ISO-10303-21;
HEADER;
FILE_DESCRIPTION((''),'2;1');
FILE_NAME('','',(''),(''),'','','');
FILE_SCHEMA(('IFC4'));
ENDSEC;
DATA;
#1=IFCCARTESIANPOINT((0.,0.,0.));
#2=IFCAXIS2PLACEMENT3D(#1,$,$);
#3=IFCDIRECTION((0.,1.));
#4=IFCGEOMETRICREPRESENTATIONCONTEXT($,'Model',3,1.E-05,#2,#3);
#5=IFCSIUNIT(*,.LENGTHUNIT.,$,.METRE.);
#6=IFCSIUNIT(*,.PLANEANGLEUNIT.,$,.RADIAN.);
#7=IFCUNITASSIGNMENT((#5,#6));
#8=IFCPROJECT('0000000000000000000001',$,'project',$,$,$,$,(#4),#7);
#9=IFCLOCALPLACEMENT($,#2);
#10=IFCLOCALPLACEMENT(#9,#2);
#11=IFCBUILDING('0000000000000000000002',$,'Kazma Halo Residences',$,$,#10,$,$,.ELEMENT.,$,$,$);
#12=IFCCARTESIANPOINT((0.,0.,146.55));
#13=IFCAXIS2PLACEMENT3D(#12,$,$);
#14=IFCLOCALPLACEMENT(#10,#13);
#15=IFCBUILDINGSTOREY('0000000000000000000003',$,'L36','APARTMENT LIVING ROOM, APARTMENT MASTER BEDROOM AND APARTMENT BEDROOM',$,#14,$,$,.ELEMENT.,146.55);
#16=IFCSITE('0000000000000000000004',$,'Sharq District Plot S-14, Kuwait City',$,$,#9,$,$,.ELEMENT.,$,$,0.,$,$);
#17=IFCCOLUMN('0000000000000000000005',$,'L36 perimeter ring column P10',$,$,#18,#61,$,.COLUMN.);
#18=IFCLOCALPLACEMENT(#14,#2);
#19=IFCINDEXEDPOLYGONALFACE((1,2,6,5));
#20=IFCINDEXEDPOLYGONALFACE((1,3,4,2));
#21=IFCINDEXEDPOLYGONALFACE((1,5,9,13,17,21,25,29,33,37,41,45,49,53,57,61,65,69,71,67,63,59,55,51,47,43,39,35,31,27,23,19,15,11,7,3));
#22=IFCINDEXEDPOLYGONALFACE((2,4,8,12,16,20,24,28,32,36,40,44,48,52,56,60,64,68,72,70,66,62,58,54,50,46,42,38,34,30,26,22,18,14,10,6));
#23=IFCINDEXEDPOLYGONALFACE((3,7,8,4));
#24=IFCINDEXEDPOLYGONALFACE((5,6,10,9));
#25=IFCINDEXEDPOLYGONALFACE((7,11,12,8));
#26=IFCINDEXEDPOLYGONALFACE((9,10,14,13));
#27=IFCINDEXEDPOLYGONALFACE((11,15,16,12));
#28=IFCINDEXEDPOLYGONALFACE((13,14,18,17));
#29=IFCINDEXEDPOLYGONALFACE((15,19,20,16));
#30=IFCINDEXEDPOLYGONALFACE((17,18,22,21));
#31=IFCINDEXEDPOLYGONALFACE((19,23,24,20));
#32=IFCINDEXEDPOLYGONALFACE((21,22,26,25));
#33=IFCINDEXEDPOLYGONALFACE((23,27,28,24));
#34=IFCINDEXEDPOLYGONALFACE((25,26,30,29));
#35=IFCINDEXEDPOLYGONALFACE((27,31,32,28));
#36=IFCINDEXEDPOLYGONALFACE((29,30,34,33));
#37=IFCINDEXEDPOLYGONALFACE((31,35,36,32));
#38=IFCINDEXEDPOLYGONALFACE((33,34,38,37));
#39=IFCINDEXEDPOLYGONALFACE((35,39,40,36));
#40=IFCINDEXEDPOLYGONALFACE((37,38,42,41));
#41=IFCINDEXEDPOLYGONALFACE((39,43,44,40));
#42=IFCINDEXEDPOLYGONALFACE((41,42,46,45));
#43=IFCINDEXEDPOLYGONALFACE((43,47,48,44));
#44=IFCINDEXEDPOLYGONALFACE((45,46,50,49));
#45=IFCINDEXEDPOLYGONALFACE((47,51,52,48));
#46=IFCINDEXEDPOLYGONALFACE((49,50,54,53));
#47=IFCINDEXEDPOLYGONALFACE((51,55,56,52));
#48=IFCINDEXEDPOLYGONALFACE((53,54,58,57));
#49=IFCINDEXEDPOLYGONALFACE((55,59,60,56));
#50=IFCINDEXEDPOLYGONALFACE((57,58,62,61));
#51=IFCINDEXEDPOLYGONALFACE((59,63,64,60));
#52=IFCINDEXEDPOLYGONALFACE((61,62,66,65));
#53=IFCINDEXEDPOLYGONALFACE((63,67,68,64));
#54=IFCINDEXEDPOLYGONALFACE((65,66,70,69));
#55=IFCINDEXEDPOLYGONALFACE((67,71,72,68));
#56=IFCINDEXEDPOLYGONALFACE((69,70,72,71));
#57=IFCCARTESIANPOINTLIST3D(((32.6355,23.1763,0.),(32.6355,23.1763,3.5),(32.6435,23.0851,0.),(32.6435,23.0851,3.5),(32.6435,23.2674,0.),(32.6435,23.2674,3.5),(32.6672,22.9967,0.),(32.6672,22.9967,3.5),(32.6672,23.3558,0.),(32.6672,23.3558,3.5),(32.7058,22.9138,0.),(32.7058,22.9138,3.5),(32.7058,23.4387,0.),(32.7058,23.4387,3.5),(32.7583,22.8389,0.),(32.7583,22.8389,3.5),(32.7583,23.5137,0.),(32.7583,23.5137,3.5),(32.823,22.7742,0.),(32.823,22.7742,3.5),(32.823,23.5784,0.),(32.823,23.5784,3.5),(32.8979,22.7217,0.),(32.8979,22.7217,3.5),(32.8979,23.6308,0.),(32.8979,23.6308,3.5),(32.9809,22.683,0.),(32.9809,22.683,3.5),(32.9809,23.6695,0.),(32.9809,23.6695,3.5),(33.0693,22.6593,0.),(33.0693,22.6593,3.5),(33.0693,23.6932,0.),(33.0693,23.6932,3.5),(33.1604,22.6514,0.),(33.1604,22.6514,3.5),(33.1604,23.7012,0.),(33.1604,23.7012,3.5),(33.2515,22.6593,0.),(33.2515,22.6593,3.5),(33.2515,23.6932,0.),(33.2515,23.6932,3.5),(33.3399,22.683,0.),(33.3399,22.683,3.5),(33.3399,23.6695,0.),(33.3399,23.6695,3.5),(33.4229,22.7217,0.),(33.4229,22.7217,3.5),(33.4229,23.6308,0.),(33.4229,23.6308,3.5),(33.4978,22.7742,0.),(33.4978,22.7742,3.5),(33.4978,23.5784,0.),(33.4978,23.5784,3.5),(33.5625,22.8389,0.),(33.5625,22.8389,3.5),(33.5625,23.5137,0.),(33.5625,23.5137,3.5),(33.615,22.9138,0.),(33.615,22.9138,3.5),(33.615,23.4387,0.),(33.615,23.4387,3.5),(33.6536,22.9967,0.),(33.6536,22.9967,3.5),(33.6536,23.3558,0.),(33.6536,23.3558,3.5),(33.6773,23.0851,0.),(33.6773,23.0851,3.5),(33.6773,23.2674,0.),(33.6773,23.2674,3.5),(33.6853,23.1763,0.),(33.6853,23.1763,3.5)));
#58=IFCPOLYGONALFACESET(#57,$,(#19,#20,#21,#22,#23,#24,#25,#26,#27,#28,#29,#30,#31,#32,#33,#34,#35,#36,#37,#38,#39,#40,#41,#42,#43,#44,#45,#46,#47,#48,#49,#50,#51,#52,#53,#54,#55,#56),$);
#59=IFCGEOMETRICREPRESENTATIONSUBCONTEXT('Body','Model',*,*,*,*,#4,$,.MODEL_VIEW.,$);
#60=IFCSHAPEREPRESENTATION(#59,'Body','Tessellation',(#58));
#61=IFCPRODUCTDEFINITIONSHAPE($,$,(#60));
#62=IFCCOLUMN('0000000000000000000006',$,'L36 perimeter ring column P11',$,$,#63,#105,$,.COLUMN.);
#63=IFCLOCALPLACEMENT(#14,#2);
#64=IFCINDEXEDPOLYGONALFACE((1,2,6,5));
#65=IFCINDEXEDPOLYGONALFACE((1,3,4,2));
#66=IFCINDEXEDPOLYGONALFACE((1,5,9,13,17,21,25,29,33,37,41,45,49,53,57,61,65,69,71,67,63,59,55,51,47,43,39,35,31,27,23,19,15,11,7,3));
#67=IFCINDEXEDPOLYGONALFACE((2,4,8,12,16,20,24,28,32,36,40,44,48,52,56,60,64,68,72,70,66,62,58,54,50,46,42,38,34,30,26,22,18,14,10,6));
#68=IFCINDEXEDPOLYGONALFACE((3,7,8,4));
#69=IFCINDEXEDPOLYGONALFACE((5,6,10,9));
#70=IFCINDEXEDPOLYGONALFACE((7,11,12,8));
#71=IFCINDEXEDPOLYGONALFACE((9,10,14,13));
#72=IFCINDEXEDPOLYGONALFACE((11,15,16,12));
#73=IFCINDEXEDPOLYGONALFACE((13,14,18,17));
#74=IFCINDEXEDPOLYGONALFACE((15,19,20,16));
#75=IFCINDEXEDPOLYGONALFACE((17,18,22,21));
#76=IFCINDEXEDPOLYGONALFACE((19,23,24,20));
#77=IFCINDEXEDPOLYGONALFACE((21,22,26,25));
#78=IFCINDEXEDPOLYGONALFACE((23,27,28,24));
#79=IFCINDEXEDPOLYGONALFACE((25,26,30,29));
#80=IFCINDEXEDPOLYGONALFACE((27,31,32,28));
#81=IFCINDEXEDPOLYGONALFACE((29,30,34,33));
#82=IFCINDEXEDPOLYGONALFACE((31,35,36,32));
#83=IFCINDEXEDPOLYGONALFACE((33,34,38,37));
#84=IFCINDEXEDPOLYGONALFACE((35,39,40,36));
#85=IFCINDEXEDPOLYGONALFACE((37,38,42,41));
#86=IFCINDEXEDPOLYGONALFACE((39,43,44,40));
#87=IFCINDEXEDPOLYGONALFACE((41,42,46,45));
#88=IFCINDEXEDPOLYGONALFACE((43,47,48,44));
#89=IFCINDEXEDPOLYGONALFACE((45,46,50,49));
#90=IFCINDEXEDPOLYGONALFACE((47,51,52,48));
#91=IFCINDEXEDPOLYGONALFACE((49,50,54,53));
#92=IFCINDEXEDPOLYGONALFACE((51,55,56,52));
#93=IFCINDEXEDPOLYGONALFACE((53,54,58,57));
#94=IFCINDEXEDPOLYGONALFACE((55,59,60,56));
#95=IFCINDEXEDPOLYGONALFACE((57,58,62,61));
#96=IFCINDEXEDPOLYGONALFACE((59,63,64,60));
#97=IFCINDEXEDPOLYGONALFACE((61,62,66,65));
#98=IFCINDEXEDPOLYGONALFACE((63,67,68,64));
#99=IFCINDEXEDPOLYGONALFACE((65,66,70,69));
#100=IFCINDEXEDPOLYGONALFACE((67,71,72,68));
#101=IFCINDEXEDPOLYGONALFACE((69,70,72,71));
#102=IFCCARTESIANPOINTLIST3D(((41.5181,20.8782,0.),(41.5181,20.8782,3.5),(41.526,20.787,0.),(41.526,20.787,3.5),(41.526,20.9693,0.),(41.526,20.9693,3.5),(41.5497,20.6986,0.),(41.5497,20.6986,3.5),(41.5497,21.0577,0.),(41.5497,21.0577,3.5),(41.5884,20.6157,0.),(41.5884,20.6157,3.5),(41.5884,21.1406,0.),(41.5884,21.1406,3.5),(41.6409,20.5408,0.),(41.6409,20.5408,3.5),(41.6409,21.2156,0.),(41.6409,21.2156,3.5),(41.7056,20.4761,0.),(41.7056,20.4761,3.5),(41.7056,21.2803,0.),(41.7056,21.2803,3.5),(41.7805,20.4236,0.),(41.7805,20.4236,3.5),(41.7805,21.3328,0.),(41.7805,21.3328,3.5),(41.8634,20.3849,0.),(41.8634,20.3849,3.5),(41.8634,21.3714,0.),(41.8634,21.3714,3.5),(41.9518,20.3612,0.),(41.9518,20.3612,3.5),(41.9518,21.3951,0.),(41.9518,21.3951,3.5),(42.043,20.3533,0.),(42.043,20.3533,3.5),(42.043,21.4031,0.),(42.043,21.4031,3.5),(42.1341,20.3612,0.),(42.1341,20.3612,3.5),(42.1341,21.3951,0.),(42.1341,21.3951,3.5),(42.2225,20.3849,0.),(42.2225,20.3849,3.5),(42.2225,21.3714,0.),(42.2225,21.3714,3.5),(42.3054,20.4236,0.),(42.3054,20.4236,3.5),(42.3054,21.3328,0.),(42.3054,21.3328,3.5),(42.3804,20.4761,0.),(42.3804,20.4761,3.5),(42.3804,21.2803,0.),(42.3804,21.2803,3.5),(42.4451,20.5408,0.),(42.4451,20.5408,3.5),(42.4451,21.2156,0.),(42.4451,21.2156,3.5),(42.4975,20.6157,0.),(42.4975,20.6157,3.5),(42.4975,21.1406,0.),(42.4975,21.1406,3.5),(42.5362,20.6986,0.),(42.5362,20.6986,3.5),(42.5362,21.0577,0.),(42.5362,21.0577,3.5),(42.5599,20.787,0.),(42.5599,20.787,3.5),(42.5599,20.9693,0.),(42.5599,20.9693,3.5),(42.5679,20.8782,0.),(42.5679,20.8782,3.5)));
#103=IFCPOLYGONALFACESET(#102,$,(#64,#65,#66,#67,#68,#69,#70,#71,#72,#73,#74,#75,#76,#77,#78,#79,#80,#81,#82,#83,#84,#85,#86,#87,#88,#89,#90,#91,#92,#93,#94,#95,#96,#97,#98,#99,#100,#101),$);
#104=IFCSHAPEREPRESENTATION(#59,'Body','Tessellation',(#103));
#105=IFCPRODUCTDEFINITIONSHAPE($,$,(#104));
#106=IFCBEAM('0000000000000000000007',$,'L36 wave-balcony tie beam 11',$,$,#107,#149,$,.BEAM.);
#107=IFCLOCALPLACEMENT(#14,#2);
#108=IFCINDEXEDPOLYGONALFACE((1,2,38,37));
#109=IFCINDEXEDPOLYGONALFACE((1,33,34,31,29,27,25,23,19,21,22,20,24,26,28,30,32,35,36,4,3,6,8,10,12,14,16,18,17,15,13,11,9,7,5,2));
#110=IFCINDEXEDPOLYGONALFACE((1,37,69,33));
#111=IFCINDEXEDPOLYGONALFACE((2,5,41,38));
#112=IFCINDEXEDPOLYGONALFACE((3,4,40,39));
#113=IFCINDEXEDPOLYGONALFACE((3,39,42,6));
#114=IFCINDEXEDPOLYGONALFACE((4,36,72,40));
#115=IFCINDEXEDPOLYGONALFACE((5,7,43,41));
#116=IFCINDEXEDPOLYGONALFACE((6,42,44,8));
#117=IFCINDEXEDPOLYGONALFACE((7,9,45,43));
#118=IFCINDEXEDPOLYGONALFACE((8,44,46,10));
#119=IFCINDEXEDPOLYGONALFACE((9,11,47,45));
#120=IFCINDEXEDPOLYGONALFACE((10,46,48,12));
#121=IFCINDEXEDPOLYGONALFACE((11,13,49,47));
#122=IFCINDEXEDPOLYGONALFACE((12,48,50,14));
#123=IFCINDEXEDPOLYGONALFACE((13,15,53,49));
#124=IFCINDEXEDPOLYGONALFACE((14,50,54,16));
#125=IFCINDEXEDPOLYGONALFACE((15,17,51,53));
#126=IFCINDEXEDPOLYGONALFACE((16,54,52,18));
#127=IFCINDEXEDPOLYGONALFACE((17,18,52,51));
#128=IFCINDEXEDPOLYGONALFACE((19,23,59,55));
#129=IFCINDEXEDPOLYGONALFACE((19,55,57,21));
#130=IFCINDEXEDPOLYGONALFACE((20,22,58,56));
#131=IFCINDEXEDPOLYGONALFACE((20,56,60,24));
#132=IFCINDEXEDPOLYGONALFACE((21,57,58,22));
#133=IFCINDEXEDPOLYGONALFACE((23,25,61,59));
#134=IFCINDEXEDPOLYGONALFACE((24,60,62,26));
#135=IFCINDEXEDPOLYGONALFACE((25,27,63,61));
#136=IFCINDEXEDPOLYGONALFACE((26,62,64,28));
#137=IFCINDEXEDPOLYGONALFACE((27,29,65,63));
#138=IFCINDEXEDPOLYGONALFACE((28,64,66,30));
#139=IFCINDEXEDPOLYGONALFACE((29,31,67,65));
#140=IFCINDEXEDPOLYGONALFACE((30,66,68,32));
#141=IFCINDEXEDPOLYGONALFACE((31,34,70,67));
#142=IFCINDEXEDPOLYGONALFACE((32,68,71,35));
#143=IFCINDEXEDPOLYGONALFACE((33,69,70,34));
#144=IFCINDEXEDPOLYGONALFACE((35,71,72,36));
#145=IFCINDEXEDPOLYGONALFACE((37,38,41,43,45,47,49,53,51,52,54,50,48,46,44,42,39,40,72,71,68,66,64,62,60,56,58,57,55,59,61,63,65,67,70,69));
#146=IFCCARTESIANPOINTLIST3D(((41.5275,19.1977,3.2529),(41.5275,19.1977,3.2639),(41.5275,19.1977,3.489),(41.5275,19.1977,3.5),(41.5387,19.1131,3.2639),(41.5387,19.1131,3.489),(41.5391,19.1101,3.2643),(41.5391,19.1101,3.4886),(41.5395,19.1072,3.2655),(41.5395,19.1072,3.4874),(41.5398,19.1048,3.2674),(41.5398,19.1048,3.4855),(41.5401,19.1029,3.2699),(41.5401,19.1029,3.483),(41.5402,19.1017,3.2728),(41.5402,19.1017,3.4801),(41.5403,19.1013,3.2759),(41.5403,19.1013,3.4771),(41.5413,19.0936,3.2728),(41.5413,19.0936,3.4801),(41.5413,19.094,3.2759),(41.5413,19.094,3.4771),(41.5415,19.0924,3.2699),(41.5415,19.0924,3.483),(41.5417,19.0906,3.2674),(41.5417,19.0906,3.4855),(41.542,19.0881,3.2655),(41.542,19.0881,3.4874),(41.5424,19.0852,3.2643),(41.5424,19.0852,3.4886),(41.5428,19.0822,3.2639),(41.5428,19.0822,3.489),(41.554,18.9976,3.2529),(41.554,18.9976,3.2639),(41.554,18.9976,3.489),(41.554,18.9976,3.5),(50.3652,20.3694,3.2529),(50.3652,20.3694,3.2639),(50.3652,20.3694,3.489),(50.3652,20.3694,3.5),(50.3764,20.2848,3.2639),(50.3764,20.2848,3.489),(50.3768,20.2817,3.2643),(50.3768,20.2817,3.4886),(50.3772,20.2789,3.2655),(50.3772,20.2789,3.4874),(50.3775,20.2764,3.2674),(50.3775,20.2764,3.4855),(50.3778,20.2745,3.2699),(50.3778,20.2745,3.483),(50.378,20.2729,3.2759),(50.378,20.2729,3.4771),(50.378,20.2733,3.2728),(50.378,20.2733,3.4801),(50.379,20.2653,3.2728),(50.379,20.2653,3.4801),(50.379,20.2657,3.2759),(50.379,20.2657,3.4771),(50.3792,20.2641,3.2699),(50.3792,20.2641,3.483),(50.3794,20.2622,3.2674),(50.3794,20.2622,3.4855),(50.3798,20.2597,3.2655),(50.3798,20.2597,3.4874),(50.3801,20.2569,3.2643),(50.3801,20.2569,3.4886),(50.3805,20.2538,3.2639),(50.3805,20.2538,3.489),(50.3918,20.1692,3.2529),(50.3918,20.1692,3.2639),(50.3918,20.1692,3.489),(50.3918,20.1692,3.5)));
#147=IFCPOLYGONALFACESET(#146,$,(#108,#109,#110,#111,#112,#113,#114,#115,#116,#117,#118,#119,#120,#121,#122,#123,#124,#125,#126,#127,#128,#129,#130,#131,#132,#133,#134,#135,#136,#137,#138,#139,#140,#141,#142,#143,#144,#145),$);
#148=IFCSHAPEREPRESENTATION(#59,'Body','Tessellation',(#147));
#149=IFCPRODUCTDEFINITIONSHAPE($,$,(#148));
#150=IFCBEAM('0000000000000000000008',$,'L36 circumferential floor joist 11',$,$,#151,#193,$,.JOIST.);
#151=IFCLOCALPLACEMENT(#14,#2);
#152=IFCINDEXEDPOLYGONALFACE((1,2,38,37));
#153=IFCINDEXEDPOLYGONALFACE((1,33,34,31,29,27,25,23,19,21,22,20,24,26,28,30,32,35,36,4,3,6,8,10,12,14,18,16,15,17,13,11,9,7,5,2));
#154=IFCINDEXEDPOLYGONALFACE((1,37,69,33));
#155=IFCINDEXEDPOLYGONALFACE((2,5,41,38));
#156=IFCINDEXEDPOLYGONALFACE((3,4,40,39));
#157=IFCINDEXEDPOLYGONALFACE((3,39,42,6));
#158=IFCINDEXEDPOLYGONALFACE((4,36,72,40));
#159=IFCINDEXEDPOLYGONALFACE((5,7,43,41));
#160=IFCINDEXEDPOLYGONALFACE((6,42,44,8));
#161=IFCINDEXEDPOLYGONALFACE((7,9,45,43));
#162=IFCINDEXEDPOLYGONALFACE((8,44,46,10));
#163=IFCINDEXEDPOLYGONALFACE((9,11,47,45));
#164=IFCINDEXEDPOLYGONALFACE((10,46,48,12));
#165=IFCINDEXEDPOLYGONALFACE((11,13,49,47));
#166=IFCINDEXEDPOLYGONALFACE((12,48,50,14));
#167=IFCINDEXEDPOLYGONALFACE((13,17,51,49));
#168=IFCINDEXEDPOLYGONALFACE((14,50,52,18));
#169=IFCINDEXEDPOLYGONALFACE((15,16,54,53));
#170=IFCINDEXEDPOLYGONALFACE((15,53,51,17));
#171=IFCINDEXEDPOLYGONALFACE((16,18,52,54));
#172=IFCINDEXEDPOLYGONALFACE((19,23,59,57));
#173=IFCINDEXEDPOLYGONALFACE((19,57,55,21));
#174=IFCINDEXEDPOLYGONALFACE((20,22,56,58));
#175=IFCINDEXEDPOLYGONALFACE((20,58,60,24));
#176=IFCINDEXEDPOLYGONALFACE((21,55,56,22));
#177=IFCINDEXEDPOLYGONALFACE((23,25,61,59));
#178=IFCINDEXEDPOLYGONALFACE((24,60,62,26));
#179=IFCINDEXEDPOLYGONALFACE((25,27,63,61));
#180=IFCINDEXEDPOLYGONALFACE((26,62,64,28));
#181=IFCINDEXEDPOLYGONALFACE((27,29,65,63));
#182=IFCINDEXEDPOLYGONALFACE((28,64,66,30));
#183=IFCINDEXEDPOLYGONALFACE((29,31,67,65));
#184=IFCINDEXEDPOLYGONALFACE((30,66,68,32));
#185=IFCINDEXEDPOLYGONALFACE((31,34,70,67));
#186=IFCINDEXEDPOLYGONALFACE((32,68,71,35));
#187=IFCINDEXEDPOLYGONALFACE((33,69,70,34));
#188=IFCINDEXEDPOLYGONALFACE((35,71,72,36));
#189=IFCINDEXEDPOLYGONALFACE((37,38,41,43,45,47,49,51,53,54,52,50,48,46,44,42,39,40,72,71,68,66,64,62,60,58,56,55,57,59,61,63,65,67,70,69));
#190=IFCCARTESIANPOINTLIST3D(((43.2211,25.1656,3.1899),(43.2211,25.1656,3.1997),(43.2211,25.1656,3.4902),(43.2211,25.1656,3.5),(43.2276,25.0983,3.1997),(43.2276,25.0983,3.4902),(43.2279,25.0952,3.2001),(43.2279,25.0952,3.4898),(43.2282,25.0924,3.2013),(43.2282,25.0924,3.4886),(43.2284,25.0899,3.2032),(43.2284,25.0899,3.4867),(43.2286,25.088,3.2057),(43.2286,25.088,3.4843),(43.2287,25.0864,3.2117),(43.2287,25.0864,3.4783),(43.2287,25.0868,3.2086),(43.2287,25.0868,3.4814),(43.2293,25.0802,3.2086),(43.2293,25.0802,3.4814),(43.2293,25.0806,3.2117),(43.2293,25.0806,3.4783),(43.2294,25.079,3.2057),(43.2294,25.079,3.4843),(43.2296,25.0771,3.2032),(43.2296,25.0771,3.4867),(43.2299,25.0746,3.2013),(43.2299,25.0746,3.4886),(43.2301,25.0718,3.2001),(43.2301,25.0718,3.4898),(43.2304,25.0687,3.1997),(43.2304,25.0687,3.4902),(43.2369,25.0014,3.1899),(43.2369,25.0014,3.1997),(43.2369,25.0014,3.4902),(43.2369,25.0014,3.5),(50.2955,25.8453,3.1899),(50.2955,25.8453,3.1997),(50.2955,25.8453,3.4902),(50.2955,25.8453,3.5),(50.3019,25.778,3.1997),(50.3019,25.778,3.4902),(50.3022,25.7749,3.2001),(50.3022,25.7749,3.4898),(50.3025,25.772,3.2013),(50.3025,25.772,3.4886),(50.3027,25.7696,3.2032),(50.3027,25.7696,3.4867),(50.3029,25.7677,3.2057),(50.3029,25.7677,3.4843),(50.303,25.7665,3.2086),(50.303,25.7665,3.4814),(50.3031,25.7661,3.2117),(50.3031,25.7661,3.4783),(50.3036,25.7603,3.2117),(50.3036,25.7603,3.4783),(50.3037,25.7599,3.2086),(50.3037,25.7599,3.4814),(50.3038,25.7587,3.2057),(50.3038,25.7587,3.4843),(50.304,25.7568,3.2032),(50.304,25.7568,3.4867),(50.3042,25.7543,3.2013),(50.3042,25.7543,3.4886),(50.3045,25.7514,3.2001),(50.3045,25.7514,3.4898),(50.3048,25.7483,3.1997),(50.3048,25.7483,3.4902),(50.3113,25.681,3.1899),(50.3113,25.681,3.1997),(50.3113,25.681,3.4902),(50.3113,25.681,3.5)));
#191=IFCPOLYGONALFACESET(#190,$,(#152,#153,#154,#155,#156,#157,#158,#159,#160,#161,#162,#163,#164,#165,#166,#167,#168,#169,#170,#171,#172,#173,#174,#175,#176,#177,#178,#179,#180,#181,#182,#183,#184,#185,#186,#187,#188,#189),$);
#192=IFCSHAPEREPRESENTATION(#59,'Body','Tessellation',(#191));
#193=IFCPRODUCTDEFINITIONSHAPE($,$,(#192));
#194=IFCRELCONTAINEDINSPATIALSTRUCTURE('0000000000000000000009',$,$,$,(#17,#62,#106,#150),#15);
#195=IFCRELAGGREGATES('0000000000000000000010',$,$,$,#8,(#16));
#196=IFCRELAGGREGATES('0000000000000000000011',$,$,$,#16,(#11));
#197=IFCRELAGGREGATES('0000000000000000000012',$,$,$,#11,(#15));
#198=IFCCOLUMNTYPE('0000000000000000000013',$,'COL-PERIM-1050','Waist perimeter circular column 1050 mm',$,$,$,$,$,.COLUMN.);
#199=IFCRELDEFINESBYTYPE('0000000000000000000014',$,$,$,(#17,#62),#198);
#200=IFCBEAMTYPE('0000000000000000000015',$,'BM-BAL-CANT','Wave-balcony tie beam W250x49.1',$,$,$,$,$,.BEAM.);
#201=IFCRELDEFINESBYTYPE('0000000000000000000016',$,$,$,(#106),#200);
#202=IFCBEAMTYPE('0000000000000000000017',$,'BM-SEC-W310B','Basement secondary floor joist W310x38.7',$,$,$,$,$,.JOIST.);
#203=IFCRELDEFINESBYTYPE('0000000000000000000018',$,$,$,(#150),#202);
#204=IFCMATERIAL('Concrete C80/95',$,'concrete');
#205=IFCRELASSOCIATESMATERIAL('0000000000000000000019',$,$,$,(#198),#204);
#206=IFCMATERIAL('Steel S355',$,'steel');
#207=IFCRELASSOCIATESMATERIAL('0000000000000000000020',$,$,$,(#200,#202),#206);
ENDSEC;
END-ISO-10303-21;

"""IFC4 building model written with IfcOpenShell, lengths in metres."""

from ifc_helpers import new_model, si_unit, direction, frame, origin, origin_2d, place, context, subcontext, project, spatial, circle, i_section, extrude, material, material_profile, profile_set, type_object, element, save


model = new_model("IFC4")

# Units and contexts
model_context = context("Model", 3, precision=1e-05, world=origin(), true_north=direction((0.0, 1.0)))
body_context = subcontext(model_context, "Body", "Model", "MODEL_VIEW")
ifc_project = project(units=[si_unit("LENGTHUNIT", "METRE"), si_unit("PLANEANGLEUNIT", "RADIAN")], contexts=[model_context])

# Site, building, storey
site_placement = place(None, origin())
site = spatial("IfcSite", under=ifc_project, at=site_placement, Name="Sharq District Plot S-14, Kuwait City", CompositionType="ELEMENT", RefElevation=0.0)
building_placement = place(site_placement, origin())
building = spatial("IfcBuilding", under=site, at=building_placement, Name="Kazma Halo Residences", CompositionType="ELEMENT")
storey_placement = place(building_placement, frame((0.0, 0.0, 146.55)))
storey = spatial("IfcBuildingStorey", under=building, at=storey_placement, Name="L36", Description="APARTMENT LIVING ROOM, APARTMENT MASTER BEDROOM AND APARTMENT BEDROOM", CompositionType="ELEMENT", Elevation=146.55)

# Columns
ifc_material_1 = material(Name="Concrete C80/95", Category="concrete")
ifc_material_profile_1 = material_profile(ifc_material_1, circle(Radius=0.5249, at=origin_2d()), Name="CIRC1050")
ifc_profile_set_1 = profile_set([ifc_material_profile_1], Name="Concrete C80/95")
column_type = type_object("IfcColumnType", Name="COL-PERIM-1050", Description="Waist perimeter circular column 1050 mm", PredefinedType="COLUMN", material=ifc_profile_set_1)
for number, where, z_axis, x_axis, name in (
    (1, (33.1604, 23.1763, 0.0), (0.0, 0.0, 1.0), (1.0, 0.0, 0.0), "L36 perimeter ring column P10"),
    (2, (42.043, 20.8782, 0.0), (0.0, 0.0, 1.0), (1.0, 0.0, 0.0), "L36 perimeter ring column P11"),
):
    element("IfcColumn", number, at=place(storey_placement, frame(where, z_axis=z_axis, x_axis=x_axis)), inside=storey, type_object=column_type, Name=name, PredefinedType="COLUMN", context=body_context, shape_type="SweptSolid", body=[
        extrude(circle(Radius=0.5249, at=origin_2d()), origin(), (0.0, 0.0, 1.0), 3.5),
    ])

# Beams
ifc_material_2 = material(Name="Steel S355", Category="steel")
ifc_material_profile_2 = material_profile(ifc_material_2, i_section(OverallWidth=0.2019, OverallDepth=0.2471, WebThickness=0.0073, FlangeThickness=0.011, FilletRadius=0.012, at=origin_2d()), Name="W250x49.1")
ifc_profile_set_2 = profile_set([ifc_material_profile_2], Name="Steel S355")
beam_type_1 = type_object("IfcBeamType", Name="BM-BAL-CANT", Description="Wave-balcony tie beam W250x49.1", PredefinedType="BEAM", material=ifc_profile_set_2)
beam_1_placement = place(storey_placement, frame((41.5408, 19.0977, 3.3765), z_axis=(0.991326, 0.131423, 0.0), x_axis=(-0.131423, 0.991326, 0.0)))
element("IfcBeam", 3, at=beam_1_placement, inside=storey, type_object=beam_type_1, Name="L36 wave-balcony tie beam 11", PredefinedType="BEAM", context=body_context, shape_type="SweptSolid", body=[
    extrude(i_section(OverallWidth=0.2019, OverallDepth=0.2471, WebThickness=0.0073, FlangeThickness=0.011, FilletRadius=0.012, at=origin_2d()), origin(), (0.0, 0.0, 1.0), 8.915),
])
ifc_material_profile_3 = material_profile(ifc_material_2, i_section(OverallWidth=0.165, OverallDepth=0.3101, WebThickness=0.0059, FlangeThickness=0.0098, FilletRadius=0.012, at=origin_2d()), Name="W310x38.7")
ifc_profile_set_3 = profile_set([ifc_material_profile_3], Name="Steel S355")
beam_type_2 = type_object("IfcBeamType", Name="BM-SEC-W310B", Description="Basement secondary floor joist W310x38.7", PredefinedType="JOIST", material=ifc_profile_set_3)
beam_2_placement = place(storey_placement, frame((43.229, 25.0835, 3.345), z_axis=(0.995416, 0.095636, 0.0), x_axis=(-0.095636, 0.995416, 0.0)))
element("IfcBeam", 4, at=beam_2_placement, inside=storey, type_object=beam_type_2, Name="L36 circumferential floor joist 11", PredefinedType="JOIST", context=body_context, shape_type="SweptSolid", body=[
    extrude(i_section(OverallWidth=0.165, OverallDepth=0.3101, WebThickness=0.0059, FlangeThickness=0.0098, FilletRadius=0.012, at=origin_2d()), origin(), (0.0, 0.0, 1.0), 7.1069),
])

save(model, "model.ifc")
